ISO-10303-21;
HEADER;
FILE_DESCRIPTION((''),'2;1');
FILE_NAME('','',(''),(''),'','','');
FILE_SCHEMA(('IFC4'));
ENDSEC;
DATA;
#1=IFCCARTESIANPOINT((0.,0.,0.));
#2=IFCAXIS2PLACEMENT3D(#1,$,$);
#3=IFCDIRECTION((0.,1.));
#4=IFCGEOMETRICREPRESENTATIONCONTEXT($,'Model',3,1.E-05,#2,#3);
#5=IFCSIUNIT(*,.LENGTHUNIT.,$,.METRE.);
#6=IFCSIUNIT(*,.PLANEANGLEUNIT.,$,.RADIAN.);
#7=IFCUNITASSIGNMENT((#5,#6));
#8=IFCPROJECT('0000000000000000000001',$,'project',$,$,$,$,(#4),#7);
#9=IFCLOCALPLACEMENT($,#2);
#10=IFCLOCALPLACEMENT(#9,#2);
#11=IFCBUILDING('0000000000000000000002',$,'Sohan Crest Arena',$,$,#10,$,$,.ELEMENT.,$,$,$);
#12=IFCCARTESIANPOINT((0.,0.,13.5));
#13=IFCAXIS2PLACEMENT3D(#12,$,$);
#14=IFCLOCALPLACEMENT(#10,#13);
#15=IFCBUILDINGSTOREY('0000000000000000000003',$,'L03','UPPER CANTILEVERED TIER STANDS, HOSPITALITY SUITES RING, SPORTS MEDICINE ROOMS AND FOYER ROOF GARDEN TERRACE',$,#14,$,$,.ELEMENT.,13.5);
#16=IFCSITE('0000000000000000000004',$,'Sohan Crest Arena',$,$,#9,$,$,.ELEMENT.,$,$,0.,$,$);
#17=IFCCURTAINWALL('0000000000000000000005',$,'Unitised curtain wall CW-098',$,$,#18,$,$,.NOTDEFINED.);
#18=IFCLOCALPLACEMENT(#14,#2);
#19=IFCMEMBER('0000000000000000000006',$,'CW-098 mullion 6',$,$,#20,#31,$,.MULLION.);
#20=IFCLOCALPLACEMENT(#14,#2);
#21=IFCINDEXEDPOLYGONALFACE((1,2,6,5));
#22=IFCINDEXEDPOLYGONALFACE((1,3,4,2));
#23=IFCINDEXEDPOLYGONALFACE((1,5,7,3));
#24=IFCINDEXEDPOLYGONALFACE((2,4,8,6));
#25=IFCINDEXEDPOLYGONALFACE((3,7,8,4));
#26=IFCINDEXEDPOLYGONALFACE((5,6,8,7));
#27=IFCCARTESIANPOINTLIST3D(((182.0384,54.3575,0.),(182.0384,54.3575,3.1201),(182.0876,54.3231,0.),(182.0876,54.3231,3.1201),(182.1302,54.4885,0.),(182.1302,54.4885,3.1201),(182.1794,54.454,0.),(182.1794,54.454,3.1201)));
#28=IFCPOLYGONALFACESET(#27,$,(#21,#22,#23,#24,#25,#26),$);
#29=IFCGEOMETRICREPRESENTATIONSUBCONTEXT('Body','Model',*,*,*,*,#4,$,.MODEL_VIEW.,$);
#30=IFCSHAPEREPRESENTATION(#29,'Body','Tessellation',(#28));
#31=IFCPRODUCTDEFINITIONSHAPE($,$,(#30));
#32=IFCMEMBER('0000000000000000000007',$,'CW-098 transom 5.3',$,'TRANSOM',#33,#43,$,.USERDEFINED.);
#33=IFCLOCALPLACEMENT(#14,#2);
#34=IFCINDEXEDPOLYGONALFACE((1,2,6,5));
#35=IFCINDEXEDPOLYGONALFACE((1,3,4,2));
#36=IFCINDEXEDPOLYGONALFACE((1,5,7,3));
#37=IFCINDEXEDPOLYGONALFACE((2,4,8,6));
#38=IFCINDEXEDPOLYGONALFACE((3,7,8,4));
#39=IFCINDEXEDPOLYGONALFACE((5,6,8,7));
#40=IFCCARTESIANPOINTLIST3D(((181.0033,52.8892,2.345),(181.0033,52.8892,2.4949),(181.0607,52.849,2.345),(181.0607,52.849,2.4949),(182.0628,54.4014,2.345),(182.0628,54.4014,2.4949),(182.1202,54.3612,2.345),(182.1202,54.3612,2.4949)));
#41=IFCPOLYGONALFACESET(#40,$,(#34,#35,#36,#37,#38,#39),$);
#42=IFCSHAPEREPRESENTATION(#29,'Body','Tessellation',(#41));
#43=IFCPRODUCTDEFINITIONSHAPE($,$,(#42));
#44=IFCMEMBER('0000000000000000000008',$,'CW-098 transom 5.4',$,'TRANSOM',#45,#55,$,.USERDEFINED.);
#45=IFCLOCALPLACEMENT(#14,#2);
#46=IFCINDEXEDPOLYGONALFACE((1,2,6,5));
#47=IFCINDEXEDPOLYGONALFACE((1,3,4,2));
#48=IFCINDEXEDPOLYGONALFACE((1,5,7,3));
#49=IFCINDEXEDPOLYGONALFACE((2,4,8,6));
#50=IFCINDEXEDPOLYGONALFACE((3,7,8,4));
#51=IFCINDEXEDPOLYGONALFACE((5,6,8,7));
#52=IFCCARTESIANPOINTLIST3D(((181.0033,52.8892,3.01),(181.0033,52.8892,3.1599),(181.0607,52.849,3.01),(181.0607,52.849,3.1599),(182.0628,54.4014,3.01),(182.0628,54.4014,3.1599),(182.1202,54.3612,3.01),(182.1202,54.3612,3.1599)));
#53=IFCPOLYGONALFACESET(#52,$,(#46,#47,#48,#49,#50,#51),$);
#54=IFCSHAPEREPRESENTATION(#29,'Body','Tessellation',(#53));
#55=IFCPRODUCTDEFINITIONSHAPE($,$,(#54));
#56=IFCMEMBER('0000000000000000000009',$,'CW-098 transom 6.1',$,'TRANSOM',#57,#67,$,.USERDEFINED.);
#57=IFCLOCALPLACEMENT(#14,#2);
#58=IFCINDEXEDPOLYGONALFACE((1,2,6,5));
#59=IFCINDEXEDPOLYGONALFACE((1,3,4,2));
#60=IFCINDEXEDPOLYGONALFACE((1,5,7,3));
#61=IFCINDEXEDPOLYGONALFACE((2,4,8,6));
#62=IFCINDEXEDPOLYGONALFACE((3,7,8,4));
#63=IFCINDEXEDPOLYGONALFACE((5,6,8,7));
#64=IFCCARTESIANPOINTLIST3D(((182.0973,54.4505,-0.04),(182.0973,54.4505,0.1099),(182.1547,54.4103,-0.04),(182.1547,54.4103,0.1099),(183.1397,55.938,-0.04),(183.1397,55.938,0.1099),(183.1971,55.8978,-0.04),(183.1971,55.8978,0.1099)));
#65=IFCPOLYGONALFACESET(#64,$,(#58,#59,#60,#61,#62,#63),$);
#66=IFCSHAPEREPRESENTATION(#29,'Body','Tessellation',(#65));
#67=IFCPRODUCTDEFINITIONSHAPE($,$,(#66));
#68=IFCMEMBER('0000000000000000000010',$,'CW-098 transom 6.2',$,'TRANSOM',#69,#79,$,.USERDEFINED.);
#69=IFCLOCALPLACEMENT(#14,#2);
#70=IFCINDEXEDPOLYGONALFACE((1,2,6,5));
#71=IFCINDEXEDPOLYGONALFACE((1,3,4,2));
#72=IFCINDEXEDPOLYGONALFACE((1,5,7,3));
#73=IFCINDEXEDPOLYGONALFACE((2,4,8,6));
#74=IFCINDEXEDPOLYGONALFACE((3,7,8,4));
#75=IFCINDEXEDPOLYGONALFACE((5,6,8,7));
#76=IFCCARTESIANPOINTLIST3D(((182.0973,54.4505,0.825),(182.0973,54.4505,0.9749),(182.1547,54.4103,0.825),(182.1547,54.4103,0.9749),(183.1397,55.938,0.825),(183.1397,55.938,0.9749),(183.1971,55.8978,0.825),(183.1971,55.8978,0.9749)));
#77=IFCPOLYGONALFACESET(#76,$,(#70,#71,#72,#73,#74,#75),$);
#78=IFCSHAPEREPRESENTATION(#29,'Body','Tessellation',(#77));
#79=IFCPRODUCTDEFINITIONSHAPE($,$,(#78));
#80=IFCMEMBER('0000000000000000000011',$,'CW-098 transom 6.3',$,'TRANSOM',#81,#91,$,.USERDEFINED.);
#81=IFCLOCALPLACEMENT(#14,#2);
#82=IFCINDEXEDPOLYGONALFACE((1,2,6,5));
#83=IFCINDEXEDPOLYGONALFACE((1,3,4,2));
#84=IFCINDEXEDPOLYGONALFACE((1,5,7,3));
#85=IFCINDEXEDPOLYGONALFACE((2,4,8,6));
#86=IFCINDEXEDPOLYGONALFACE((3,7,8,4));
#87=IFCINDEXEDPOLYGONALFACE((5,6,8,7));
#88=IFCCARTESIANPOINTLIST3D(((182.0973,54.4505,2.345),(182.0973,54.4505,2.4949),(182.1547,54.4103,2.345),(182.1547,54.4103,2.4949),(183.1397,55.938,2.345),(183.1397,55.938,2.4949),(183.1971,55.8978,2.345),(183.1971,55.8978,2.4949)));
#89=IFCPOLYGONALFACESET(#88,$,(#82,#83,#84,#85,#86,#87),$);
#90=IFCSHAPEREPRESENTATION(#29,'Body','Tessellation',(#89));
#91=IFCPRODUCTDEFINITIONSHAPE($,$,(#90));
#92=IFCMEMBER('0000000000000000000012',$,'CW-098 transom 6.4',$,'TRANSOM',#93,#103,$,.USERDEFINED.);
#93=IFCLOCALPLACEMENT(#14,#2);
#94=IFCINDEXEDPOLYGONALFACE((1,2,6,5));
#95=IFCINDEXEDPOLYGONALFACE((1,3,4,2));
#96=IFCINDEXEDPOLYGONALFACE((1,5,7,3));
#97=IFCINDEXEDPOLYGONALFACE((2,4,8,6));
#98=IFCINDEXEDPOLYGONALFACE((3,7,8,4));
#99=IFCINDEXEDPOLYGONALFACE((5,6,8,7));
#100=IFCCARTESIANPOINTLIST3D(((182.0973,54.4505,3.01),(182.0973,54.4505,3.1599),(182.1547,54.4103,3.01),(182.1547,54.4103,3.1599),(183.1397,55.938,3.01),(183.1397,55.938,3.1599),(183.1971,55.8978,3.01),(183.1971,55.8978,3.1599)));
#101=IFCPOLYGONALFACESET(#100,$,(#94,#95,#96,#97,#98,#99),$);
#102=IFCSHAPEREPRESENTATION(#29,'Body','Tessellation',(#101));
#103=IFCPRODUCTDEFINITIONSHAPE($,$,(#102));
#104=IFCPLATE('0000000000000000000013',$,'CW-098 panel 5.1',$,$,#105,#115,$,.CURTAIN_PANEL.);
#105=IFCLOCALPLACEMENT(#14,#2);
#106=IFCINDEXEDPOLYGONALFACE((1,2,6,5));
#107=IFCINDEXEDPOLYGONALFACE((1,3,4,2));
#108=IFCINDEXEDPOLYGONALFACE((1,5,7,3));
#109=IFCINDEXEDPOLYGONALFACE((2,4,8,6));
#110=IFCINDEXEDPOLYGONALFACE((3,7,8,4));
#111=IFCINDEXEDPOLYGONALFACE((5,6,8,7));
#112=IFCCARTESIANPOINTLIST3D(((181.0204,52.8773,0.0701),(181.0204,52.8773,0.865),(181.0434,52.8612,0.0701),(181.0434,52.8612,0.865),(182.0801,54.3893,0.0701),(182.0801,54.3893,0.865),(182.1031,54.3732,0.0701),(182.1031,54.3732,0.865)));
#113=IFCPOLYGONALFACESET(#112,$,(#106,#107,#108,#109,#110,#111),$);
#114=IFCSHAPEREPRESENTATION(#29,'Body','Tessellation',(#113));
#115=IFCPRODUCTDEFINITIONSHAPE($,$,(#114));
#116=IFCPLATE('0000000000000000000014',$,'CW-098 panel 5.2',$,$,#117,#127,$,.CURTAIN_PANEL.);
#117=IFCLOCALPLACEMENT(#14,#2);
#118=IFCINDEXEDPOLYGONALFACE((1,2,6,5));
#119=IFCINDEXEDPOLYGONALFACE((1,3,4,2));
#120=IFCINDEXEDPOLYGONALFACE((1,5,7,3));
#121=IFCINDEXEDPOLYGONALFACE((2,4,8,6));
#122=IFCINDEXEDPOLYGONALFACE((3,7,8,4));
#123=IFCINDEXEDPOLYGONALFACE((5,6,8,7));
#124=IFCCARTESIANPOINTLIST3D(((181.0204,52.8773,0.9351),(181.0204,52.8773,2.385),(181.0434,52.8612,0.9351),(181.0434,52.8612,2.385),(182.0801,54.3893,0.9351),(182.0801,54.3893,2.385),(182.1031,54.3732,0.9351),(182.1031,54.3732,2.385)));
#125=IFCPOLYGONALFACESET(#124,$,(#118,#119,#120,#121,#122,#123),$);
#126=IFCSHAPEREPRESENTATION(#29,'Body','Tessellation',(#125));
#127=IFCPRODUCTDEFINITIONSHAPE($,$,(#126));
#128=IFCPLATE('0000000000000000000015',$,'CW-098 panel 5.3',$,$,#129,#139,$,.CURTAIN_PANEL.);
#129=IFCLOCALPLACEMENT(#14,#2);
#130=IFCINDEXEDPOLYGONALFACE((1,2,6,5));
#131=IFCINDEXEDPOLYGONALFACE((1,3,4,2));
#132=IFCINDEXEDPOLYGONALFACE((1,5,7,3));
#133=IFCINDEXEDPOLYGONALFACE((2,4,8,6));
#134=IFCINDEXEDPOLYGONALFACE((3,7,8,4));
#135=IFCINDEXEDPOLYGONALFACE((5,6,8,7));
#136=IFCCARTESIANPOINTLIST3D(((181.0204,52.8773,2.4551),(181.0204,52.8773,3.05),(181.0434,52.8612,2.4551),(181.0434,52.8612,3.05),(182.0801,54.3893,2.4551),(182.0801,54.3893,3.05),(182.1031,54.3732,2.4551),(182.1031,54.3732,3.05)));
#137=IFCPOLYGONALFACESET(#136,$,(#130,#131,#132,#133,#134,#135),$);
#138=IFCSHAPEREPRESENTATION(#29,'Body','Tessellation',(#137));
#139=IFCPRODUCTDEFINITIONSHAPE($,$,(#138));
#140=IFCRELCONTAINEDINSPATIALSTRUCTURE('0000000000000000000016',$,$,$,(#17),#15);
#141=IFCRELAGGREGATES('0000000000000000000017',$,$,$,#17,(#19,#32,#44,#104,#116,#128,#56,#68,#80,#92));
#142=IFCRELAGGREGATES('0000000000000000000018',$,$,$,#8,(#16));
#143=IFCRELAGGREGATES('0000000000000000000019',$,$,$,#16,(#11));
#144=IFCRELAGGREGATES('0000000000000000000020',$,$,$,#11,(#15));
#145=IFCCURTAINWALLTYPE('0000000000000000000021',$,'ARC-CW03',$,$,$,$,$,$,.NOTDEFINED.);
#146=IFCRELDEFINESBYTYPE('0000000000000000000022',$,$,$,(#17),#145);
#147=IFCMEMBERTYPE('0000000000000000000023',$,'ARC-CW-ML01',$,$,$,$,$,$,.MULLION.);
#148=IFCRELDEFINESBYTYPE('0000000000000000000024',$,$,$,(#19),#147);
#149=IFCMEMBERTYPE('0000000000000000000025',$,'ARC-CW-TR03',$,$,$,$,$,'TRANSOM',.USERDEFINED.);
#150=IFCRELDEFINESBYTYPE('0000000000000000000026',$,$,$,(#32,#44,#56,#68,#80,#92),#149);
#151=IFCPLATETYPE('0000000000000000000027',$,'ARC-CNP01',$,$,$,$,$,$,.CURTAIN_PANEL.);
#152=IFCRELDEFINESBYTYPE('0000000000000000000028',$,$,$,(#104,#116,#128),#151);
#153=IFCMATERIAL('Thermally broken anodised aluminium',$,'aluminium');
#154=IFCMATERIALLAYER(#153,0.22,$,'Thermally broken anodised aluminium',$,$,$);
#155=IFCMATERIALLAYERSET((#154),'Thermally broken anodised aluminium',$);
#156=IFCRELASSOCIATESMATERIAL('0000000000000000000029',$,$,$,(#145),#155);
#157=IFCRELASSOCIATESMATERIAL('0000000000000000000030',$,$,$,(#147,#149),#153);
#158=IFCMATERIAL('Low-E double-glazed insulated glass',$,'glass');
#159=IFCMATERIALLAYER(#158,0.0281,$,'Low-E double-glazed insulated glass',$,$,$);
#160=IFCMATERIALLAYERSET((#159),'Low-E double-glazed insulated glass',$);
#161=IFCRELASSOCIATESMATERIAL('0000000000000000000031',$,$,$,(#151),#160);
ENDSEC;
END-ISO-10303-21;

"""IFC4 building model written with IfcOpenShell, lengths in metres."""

from ifc_helpers import new_model, si_unit, direction, frame, origin, origin_2d, place, context, subcontext, project, spatial, rectangle, extrude, material, layer, layer_set, material_profile, profile_set, type_object, element, aggregate, save


model = new_model("IFC4")

# Units and contexts
model_context = context("Model", 3, precision=1e-05, world=origin(), true_north=direction((0.0, 1.0)))
body_context = subcontext(model_context, "Body", "Model", "MODEL_VIEW")
ifc_project = project(units=[si_unit("LENGTHUNIT", "METRE"), si_unit("PLANEANGLEUNIT", "RADIAN")], contexts=[model_context])

# Site, building, storey
site_placement = place(None, origin())
site = spatial("IfcSite", under=ifc_project, at=site_placement, Name="Sohan Crest Arena", CompositionType="ELEMENT", RefElevation=0.0)
building_placement = place(site_placement, origin())
building = spatial("IfcBuilding", under=site, at=building_placement, Name="Sohan Crest Arena", CompositionType="ELEMENT")
storey_placement = place(building_placement, frame((0.0, 0.0, 13.5)))
storey = spatial("IfcBuildingStorey", under=building, at=storey_placement, Name="L03", Description="UPPER CANTILEVERED TIER STANDS, HOSPITALITY SUITES RING, SPORTS MEDICINE ROOMS AND FOYER ROOF GARDEN TERRACE", CompositionType="ELEMENT", Elevation=13.5)

# Curtain wall, members, plates
ifc_material_1 = material(Name="Thermally broken anodised aluminium", Category="aluminium")
ifc_layer_1 = layer(ifc_material_1, 0.22, Name="Thermally broken anodised aluminium")
ifc_layer_set_1 = layer_set([ifc_layer_1], Name="Thermally broken anodised aluminium")
curtain_wall_type = type_object("IfcCurtainWallType", Name="ARC-CW03", PredefinedType="NOTDEFINED", material=ifc_layer_set_1)
curtain_wall_placement = place(storey_placement, origin())
curtain_wall = element("IfcCurtainWall", 1, at=curtain_wall_placement, inside=storey, type_object=curtain_wall_type, Name="Unitised curtain wall CW-098", PredefinedType="NOTDEFINED")
ifc_material_profile_1 = material_profile(ifc_material_1, rectangle(XDim=0.0601, YDim=0.1599, at=origin_2d()), Name="ALU-MULL 60x160")
ifc_profile_set_1 = profile_set([ifc_material_profile_1], Name="Thermally broken anodised aluminium")
member_type_1 = type_object("IfcMemberType", Name="ARC-CW-ML01", PredefinedType="MULLION", material=ifc_profile_set_1)
member_1_placement = place(storey_placement, frame((182.1089, 54.4058, 0.0), z_axis=(0.0, 0.0, 1.0), x_axis=(-0.818899, 0.573938, 0.0)))
member_1 = element("IfcMember", 2, at=member_1_placement, type_object=member_type_1, Name="CW-098 mullion 6", PredefinedType="MULLION", context=body_context, shape_type="SweptSolid", body=[
    extrude(rectangle(XDim=0.0601, YDim=0.1599, at=origin_2d()), origin(), (0.0, 0.0, 1.0), 3.1201),
])
ifc_material_profile_2 = material_profile(ifc_material_1, rectangle(XDim=0.0701, YDim=0.1499, at=origin_2d()), Name="ALU-TRAN 70x150")
ifc_profile_set_2 = profile_set([ifc_material_profile_2], Name="Thermally broken anodised aluminium")
member_type_2 = type_object("IfcMemberType", Name="ARC-CW-TR03", ElementType="TRANSOM", PredefinedType="USERDEFINED", material=ifc_profile_set_2)
member_2_placement = place(storey_placement, frame((181.032, 52.8691, 2.4199), z_axis=(0.573835, 0.818971, 0.0), x_axis=(-0.818971, 0.573835, 0.0)))
member_2 = element("IfcMember", 3, at=member_2_placement, type_object=member_type_2, Name="CW-098 transom 5.3", ObjectType="TRANSOM", PredefinedType="USERDEFINED", context=body_context, shape_type="SweptSolid", body=[
    extrude(rectangle(XDim=0.0701, YDim=0.1499, at=origin_2d()), origin(), (0.0, 0.0, 1.0), 1.8464),
])
member_3_placement = place(storey_placement, frame((181.032, 52.8691, 3.085), z_axis=(0.573835, 0.818971, 0.0), x_axis=(-0.818971, 0.573835, 0.0)))
member_3 = element("IfcMember", 4, at=member_3_placement, type_object=member_type_2, Name="CW-098 transom 5.4", ObjectType="TRANSOM", PredefinedType="USERDEFINED", context=body_context, shape_type="SweptSolid", body=[
    extrude(rectangle(XDim=0.0701, YDim=0.1499, at=origin_2d()), origin(), (0.0, 0.0, 1.0), 1.8464),
])
member_4_placement = place(storey_placement, frame((182.126, 54.4304, 0.0349), z_axis=(0.573904, 0.818922, 0.0), x_axis=(-0.818922, 0.573904, 0.0)))
member_4 = element("IfcMember", 5, at=member_4_placement, type_object=member_type_2, Name="CW-098 transom 6.1", ObjectType="TRANSOM", PredefinedType="USERDEFINED", context=body_context, shape_type="SweptSolid", body=[
    extrude(rectangle(XDim=0.0701, YDim=0.1499, at=origin_2d()), origin(), (0.0, 0.0, 1.0), 1.8164),
])
member_5_placement = place(storey_placement, frame((182.126, 54.4304, 0.8999), z_axis=(0.573904, 0.818922, 0.0), x_axis=(-0.818922, 0.573904, 0.0)))
member_5 = element("IfcMember", 6, at=member_5_placement, type_object=member_type_2, Name="CW-098 transom 6.2", ObjectType="TRANSOM", PredefinedType="USERDEFINED", context=body_context, shape_type="SweptSolid", body=[
    extrude(rectangle(XDim=0.0701, YDim=0.1499, at=origin_2d()), origin(), (0.0, 0.0, 1.0), 1.8164),
])
member_6_placement = place(storey_placement, frame((182.126, 54.4304, 2.4199), z_axis=(0.573904, 0.818922, 0.0), x_axis=(-0.818922, 0.573904, 0.0)))
member_6 = element("IfcMember", 7, at=member_6_placement, type_object=member_type_2, Name="CW-098 transom 6.3", ObjectType="TRANSOM", PredefinedType="USERDEFINED", context=body_context, shape_type="SweptSolid", body=[
    extrude(rectangle(XDim=0.0701, YDim=0.1499, at=origin_2d()), origin(), (0.0, 0.0, 1.0), 1.8164),
])
member_7_placement = place(storey_placement, frame((182.126, 54.4304, 3.085), z_axis=(0.573904, 0.818922, 0.0), x_axis=(-0.818922, 0.573904, 0.0)))
member_7 = element("IfcMember", 8, at=member_7_placement, type_object=member_type_2, Name="CW-098 transom 6.4", ObjectType="TRANSOM", PredefinedType="USERDEFINED", context=body_context, shape_type="SweptSolid", body=[
    extrude(rectangle(XDim=0.0701, YDim=0.1499, at=origin_2d()), origin(), (0.0, 0.0, 1.0), 1.8164),
])
ifc_material_2 = material(Name="Low-E double-glazed insulated glass", Category="glass")
ifc_layer_2 = layer(ifc_material_2, 0.0281, Name="Low-E double-glazed insulated glass")
ifc_layer_set_2 = layer_set([ifc_layer_2], Name="Low-E double-glazed insulated glass")
plate_type = type_object("IfcPlateType", Name="ARC-CNP01", PredefinedType="CURTAIN_PANEL", material=ifc_layer_set_2)
plate_1_placement = place(storey_placement, frame((181.5618, 53.6252, 0.0701), z_axis=(0.0, 0.0, 1.0), x_axis=(0.573938, 0.818899, 0.0)))
plate_1 = element("IfcPlate", 9, at=plate_1_placement, type_object=plate_type, Name="CW-098 panel 5.1", PredefinedType="CURTAIN_PANEL", context=body_context, shape_type="SweptSolid", body=[
    extrude(rectangle(XDim=1.8464, YDim=0.0281, at=origin_2d()), origin(), (0.0, 0.0, 1.0), 0.7949),
])
plate_2_placement = place(storey_placement, frame((181.5618, 53.6252, 0.9351), z_axis=(0.0, 0.0, 1.0), x_axis=(0.573938, 0.818899, 0.0)))
plate_2 = element("IfcPlate", 10, at=plate_2_placement, type_object=plate_type, Name="CW-098 panel 5.2", PredefinedType="CURTAIN_PANEL", context=body_context, shape_type="SweptSolid", body=[
    extrude(rectangle(XDim=1.8464, YDim=0.0281, at=origin_2d()), origin(), (0.0, 0.0, 1.0), 1.45),
])
plate_3_placement = place(storey_placement, frame((181.5618, 53.6252, 2.4551), z_axis=(0.0, 0.0, 1.0), x_axis=(0.573938, 0.818899, 0.0)))
plate_3 = element("IfcPlate", 11, at=plate_3_placement, type_object=plate_type, Name="CW-098 panel 5.3", PredefinedType="CURTAIN_PANEL", context=body_context, shape_type="SweptSolid", body=[
    extrude(rectangle(XDim=1.8464, YDim=0.0281, at=origin_2d()), origin(), (0.0, 0.0, 1.0), 0.595),
])
aggregate(curtain_wall, [member_1, member_2, member_3, plate_1, plate_2, plate_3, member_4, member_5, member_6, member_7])

save(model, "model.ifc")
